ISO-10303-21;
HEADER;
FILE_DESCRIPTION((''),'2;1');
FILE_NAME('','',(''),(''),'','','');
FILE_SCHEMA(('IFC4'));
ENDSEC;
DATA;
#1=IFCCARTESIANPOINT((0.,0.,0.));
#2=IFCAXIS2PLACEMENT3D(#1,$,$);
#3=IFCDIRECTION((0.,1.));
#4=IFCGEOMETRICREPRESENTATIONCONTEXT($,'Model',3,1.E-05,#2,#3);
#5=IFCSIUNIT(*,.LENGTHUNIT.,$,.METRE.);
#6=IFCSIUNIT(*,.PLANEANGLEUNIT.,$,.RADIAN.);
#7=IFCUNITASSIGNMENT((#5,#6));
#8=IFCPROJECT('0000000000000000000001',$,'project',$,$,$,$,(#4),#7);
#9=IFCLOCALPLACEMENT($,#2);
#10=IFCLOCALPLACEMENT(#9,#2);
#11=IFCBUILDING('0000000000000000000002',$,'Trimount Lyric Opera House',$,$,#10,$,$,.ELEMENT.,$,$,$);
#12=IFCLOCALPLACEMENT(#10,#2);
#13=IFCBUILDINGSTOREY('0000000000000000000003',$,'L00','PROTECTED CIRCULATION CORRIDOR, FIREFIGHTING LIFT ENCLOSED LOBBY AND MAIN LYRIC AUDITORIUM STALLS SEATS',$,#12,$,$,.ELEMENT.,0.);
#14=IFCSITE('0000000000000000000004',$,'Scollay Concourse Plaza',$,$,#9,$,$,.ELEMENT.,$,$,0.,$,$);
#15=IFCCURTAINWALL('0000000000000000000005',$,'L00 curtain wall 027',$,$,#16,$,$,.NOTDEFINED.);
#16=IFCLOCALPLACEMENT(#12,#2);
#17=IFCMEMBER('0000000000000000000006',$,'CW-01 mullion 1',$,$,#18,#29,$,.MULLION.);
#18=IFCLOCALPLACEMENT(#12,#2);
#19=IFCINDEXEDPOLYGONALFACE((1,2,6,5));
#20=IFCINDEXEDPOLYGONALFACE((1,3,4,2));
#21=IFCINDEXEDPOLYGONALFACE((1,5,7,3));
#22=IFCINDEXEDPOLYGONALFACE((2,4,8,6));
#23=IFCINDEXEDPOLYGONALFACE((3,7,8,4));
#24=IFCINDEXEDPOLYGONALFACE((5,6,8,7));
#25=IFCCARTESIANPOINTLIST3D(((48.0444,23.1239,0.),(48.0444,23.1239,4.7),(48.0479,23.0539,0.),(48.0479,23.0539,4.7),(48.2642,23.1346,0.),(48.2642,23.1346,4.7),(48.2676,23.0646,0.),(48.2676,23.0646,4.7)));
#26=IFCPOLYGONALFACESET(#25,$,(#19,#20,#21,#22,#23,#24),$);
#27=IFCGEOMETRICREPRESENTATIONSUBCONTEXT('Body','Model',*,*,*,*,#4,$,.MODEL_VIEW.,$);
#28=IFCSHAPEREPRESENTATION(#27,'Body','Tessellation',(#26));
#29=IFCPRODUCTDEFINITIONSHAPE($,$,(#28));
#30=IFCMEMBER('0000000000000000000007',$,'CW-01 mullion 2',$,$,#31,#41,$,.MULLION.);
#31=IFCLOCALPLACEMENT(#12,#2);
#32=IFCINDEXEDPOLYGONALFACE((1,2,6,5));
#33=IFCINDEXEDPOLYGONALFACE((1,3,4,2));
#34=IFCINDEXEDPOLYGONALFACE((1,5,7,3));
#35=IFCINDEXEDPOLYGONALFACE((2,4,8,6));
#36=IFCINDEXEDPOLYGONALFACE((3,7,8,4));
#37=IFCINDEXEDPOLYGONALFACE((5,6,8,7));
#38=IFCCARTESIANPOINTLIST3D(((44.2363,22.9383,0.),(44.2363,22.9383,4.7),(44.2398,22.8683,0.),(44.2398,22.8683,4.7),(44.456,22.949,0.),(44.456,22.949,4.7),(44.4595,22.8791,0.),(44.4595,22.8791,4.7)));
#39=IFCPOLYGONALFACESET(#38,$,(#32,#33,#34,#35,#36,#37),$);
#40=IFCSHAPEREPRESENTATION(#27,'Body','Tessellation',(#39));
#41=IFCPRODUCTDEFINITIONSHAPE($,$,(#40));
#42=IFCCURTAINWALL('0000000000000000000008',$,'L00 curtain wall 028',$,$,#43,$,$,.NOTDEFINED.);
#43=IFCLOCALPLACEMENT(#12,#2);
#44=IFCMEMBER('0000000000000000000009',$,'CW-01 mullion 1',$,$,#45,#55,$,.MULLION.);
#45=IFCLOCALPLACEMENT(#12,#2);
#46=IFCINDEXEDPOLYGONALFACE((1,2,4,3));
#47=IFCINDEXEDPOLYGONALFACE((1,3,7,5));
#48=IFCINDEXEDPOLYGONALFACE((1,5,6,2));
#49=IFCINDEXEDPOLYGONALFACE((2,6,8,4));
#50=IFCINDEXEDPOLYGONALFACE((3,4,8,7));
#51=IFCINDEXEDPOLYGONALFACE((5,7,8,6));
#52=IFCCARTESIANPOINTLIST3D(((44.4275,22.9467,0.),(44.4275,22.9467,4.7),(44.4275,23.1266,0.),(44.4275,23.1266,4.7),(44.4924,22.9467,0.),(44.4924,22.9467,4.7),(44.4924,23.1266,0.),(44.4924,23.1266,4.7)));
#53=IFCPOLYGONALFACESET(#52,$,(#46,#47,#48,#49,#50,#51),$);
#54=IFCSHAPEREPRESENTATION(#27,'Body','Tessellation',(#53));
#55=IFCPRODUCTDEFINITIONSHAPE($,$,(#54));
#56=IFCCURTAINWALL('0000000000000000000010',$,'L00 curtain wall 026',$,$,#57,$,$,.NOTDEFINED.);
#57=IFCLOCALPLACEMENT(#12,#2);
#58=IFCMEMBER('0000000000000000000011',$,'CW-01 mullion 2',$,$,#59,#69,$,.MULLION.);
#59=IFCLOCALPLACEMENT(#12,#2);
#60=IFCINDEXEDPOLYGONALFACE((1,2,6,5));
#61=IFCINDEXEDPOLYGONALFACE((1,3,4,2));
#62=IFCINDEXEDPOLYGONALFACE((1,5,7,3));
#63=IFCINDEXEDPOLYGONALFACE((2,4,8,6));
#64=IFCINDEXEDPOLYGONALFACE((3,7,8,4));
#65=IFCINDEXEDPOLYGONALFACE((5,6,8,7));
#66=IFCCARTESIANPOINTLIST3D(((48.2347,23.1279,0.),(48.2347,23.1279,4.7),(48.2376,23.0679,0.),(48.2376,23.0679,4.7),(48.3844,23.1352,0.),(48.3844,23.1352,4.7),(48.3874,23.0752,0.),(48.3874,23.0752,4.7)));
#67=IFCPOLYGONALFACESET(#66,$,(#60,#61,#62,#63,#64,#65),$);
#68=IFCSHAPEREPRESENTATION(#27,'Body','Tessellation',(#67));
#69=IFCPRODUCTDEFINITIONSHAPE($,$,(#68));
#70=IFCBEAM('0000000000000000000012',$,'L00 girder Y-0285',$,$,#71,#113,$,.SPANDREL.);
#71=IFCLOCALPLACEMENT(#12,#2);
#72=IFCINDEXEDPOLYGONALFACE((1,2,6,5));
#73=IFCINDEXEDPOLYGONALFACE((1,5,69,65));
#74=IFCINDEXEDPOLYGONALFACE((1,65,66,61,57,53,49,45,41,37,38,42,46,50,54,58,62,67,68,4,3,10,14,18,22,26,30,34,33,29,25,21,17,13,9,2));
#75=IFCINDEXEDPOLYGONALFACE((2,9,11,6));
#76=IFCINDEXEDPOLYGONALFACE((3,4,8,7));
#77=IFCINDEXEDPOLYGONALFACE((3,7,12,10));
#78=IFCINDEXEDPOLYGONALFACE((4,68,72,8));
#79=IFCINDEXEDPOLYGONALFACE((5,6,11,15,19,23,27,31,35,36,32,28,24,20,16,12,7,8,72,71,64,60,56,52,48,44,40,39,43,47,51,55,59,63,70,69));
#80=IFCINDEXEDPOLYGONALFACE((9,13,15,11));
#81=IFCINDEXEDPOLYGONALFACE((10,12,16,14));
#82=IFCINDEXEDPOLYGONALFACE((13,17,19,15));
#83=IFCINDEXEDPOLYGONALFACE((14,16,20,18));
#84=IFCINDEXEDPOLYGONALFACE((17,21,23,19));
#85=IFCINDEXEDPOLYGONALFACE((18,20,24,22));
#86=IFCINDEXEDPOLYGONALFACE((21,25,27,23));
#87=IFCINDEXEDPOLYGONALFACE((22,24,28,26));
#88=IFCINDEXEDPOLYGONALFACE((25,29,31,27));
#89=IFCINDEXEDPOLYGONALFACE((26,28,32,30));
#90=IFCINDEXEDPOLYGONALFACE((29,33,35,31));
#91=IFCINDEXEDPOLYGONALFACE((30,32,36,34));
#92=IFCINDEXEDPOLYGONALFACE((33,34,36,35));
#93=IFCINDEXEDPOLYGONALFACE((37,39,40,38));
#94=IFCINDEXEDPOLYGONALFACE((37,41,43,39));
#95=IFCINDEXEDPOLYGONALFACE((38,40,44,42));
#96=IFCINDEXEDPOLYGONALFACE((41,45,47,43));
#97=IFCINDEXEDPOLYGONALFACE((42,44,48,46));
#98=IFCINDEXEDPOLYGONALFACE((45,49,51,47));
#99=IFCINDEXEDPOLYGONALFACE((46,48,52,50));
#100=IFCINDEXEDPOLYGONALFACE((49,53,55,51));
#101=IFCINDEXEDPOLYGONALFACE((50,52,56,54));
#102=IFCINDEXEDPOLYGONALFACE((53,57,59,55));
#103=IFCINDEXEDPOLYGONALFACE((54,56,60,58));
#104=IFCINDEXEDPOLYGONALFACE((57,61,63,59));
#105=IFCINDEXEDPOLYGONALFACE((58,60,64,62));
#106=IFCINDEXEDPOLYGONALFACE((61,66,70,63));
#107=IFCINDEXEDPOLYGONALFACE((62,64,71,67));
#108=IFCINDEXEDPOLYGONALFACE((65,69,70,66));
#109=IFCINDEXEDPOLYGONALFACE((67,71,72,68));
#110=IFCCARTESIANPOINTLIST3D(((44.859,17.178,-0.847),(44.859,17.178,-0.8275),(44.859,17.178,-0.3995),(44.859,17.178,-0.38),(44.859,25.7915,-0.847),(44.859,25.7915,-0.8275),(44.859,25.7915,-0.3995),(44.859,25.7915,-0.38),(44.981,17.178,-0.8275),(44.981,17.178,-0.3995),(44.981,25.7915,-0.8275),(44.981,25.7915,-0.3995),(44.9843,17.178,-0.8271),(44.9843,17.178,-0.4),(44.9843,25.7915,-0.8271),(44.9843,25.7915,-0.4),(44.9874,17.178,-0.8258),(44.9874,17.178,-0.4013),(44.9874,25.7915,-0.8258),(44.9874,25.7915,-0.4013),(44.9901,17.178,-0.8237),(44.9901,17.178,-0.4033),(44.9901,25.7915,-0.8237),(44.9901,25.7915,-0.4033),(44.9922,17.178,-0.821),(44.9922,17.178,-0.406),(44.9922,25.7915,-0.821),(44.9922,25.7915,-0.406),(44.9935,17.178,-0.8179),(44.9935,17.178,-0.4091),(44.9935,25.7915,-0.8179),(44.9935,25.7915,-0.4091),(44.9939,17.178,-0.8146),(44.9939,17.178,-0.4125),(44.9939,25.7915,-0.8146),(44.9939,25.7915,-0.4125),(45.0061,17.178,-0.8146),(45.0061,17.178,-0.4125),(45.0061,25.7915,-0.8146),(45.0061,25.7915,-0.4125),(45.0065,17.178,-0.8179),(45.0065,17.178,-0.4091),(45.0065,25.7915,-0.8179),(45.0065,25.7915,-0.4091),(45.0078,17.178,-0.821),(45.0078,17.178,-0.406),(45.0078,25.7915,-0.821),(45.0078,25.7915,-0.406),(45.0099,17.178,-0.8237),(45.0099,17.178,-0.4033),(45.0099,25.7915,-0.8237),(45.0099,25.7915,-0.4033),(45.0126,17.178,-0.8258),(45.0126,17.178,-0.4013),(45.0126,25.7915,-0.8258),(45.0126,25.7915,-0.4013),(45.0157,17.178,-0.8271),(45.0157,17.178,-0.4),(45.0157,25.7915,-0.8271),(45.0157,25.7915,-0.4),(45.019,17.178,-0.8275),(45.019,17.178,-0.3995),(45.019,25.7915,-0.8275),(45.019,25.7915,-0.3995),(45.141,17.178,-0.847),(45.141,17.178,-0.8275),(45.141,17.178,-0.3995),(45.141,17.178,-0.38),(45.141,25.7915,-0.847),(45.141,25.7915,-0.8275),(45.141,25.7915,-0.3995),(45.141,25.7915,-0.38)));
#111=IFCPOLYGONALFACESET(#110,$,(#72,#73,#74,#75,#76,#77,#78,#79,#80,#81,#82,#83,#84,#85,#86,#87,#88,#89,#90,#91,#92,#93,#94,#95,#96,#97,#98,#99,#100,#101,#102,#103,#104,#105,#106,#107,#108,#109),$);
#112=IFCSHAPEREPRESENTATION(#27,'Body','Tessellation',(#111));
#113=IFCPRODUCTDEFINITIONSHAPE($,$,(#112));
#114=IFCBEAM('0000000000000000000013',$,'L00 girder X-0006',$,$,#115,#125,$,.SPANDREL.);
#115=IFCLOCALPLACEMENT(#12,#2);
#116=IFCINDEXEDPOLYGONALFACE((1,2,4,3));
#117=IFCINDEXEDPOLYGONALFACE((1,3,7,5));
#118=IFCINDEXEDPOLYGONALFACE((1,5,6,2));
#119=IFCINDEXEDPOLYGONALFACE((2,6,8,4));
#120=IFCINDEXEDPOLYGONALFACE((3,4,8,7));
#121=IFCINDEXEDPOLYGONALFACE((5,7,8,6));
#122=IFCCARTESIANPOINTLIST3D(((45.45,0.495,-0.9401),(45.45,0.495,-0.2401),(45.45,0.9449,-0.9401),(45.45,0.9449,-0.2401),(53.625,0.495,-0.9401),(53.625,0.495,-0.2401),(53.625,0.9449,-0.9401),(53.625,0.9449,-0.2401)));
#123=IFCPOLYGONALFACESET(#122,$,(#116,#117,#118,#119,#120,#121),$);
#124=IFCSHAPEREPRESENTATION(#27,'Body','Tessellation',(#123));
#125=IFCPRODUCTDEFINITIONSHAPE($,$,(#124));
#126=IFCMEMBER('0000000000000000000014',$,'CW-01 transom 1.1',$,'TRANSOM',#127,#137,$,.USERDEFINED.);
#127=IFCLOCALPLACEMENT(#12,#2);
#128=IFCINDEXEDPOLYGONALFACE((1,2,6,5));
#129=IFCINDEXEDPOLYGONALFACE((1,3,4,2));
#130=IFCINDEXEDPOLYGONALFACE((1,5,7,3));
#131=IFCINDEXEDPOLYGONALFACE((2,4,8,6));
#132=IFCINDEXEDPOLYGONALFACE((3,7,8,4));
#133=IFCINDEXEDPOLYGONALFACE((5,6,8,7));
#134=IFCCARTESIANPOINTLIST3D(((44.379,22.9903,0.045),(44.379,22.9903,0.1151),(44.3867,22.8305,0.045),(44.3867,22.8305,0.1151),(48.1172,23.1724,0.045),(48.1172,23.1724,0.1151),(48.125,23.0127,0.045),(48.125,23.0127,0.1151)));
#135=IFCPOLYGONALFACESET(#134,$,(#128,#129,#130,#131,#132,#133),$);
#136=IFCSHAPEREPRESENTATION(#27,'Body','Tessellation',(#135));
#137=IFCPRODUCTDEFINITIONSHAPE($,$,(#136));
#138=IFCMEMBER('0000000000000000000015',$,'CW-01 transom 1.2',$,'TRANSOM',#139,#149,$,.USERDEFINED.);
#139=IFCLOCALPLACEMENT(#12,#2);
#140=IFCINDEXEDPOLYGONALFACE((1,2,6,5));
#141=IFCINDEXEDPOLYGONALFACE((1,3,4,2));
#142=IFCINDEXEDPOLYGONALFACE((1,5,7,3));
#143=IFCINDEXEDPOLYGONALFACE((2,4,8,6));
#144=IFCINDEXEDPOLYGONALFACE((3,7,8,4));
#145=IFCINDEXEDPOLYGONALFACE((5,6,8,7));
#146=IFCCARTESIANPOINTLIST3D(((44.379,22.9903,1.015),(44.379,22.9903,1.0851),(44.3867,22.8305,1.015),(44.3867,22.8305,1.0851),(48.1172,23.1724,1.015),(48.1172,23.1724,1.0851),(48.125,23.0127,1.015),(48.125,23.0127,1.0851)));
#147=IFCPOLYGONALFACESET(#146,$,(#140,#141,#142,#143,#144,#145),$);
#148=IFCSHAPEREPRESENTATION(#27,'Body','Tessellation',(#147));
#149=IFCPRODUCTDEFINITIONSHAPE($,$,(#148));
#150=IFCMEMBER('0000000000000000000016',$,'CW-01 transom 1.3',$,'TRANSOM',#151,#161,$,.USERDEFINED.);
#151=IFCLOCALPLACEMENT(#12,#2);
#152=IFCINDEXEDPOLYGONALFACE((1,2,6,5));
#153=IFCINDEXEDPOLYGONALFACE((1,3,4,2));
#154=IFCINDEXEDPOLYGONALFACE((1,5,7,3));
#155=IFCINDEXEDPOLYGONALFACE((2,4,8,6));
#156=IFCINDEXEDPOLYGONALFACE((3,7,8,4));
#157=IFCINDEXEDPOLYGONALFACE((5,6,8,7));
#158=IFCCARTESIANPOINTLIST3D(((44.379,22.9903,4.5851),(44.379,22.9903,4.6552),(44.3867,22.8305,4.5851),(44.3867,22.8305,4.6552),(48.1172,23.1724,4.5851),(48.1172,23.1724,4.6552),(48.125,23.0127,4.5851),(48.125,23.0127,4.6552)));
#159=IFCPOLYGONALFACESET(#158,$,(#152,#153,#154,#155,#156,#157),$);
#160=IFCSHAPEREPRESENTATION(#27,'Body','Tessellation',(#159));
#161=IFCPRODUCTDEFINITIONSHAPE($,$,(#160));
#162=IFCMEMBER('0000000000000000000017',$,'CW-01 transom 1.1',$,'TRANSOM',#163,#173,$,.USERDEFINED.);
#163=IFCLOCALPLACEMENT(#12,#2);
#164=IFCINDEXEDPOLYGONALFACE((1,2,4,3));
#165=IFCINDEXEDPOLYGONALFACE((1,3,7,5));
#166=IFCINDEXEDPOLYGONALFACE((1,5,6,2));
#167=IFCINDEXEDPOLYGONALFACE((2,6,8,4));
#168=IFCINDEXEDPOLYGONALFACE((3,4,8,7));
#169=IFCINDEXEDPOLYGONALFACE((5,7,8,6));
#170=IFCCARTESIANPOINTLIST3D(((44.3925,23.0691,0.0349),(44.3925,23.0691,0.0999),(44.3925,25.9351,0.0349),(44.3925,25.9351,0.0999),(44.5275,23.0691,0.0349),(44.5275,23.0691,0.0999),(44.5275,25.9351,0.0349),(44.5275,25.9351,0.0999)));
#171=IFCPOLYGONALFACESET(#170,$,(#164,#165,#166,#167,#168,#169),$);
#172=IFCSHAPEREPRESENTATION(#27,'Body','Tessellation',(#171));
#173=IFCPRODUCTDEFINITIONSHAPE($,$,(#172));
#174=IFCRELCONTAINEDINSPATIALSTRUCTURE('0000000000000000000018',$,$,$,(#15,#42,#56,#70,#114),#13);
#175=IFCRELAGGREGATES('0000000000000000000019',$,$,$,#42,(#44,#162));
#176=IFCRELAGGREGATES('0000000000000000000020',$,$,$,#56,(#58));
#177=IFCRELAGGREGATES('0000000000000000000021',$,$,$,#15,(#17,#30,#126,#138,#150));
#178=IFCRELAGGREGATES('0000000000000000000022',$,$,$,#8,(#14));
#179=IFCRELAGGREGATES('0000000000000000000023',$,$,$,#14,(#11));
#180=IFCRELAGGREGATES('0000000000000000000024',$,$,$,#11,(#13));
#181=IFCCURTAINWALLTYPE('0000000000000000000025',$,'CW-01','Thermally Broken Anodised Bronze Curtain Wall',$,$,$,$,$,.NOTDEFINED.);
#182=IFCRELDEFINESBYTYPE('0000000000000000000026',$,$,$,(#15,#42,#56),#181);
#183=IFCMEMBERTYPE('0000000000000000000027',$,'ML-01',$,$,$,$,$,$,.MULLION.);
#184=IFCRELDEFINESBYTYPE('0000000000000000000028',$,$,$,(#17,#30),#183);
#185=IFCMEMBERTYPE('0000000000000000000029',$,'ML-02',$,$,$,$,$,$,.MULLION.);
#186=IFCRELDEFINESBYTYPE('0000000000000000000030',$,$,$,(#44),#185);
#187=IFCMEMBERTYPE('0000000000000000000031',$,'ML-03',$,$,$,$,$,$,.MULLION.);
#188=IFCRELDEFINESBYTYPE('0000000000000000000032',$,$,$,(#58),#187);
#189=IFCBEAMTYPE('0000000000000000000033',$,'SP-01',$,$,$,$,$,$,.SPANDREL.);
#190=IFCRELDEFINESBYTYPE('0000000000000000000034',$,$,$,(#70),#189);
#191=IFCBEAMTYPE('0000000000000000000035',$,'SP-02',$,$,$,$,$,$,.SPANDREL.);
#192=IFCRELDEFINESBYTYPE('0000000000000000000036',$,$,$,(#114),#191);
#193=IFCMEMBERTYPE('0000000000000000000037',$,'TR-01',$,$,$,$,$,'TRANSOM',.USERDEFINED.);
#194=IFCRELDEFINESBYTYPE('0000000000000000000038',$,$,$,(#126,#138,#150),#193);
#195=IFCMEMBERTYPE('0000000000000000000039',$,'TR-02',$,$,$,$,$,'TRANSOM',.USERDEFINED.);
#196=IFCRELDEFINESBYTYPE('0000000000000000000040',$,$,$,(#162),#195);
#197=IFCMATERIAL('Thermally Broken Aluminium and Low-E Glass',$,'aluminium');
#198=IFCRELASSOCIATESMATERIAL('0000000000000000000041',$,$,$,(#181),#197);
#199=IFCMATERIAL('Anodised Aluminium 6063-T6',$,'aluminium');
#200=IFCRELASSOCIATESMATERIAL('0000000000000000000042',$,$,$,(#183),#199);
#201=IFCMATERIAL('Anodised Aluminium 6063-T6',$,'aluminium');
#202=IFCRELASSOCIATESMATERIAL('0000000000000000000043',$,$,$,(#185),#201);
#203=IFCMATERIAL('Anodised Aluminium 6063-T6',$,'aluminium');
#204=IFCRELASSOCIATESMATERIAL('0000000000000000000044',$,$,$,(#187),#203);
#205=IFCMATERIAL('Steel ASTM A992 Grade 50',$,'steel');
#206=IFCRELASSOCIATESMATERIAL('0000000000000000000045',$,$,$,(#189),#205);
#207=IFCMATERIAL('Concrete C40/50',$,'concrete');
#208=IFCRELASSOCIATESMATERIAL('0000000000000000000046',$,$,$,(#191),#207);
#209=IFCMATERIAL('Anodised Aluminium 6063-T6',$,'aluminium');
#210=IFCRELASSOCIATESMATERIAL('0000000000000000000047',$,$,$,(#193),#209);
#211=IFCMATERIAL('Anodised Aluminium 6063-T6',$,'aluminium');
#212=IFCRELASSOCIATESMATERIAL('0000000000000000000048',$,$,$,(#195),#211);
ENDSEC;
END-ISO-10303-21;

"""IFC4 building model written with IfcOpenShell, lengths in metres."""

from ifc_helpers import new_model, si_unit, direction, frame, origin, origin_2d, place, context, subcontext, project, spatial, rectangle, i_section, extrude, material, material_profile, profile_set, type_object, element, aggregate, save


model = new_model("IFC4")

# Units and contexts
model_context = context("Model", 3, precision=1e-05, world=origin(), true_north=direction((0.0, 1.0)))
body_context = subcontext(model_context, "Body", "Model", "MODEL_VIEW")
ifc_project = project(units=[si_unit("LENGTHUNIT", "METRE"), si_unit("PLANEANGLEUNIT", "RADIAN")], contexts=[model_context])

# Site, building, storey
site_placement = place(None, origin())
site = spatial("IfcSite", under=ifc_project, at=site_placement, Name="Scollay Concourse Plaza", CompositionType="ELEMENT", RefElevation=0.0)
building_placement = place(site_placement, origin())
building = spatial("IfcBuilding", under=site, at=building_placement, Name="Trimount Lyric Opera House", CompositionType="ELEMENT")
storey_placement = place(building_placement, origin())
storey = spatial("IfcBuildingStorey", under=building, at=storey_placement, Name="L00", Description="PROTECTED CIRCULATION CORRIDOR, FIREFIGHTING LIFT ENCLOSED LOBBY AND MAIN LYRIC AUDITORIUM STALLS SEATS", CompositionType="ELEMENT", Elevation=0.0)

# Curtain wall, members
ifc_material_1 = material(Name="Thermally Broken Aluminium and Low-E Glass", Category="aluminium")
curtain_wall_type = type_object("IfcCurtainWallType", Name="CW-01", Description="Thermally Broken Anodised Bronze Curtain Wall", PredefinedType="NOTDEFINED", material=ifc_material_1)
curtain_wall_1_placement = place(storey_placement, origin())
curtain_wall_1 = element("IfcCurtainWall", 1, at=curtain_wall_1_placement, inside=storey, type_object=curtain_wall_type, Name="L00 curtain wall 027", PredefinedType="NOTDEFINED")
ifc_material_2 = material(Name="Anodised Aluminium 6063-T6", Category="aluminium")
ifc_material_profile_1 = material_profile(ifc_material_2, rectangle(XDim=0.0701, YDim=0.22, at=origin_2d()), Name="ALU-MULL-70X220")
ifc_profile_set_1 = profile_set([ifc_material_profile_1], Name="Anodised Aluminium 6063-T6")
member_type_1 = type_object("IfcMemberType", Name="ML-01", PredefinedType="MULLION", material=ifc_profile_set_1)
member_1_placement = place(storey_placement, frame((48.156, 23.0942, 0.0), z_axis=(0.0, 0.0, 1.0), x_axis=(0.048679, -0.998814, 0.0)))
member_1 = element("IfcMember", 2, at=member_1_placement, type_object=member_type_1, Name="CW-01 mullion 1", PredefinedType="MULLION", context=body_context, shape_type="SweptSolid", body=[
    extrude(rectangle(XDim=0.0701, YDim=0.22, at=origin_2d()), origin(), (0.0, 0.0, 1.0), 4.7),
])
member_2_placement = place(storey_placement, frame((44.3479, 22.9087, 0.0), z_axis=(0.0, 0.0, 1.0), x_axis=(0.048679, -0.998814, 0.0)))
member_2 = element("IfcMember", 3, at=member_2_placement, type_object=member_type_1, Name="CW-01 mullion 2", PredefinedType="MULLION", context=body_context, shape_type="SweptSolid", body=[
    extrude(rectangle(XDim=0.0701, YDim=0.22, at=origin_2d()), origin(), (0.0, 0.0, 1.0), 4.7),
])

# Curtain walls, members
curtain_wall_2_placement = place(storey_placement, origin())
curtain_wall_2 = element("IfcCurtainWall", 4, at=curtain_wall_2_placement, inside=storey, type_object=curtain_wall_type, Name="L00 curtain wall 028", PredefinedType="NOTDEFINED")
ifc_material_3 = material(Name="Anodised Aluminium 6063-T6", Category="aluminium")
ifc_material_profile_2 = material_profile(ifc_material_3, rectangle(XDim=0.0649, YDim=0.1799, at=origin_2d()), Name="ALU-MULL-65X180")
ifc_profile_set_2 = profile_set([ifc_material_profile_2], Name="Anodised Aluminium 6063-T6")
member_type_2 = type_object("IfcMemberType", Name="ML-02", PredefinedType="MULLION", material=ifc_profile_set_2)
member_3_placement = place(storey_placement, frame((44.46, 23.0366, 0.0), z_axis=(0.0, 0.0, 1.0), x_axis=(-1.0, 0.0, 0.0)))
member_3 = element("IfcMember", 5, at=member_3_placement, type_object=member_type_2, Name="CW-01 mullion 1", PredefinedType="MULLION", context=body_context, shape_type="SweptSolid", body=[
    extrude(rectangle(XDim=0.0649, YDim=0.1799, at=origin_2d()), origin(), (0.0, 0.0, 1.0), 4.7),
])
curtain_wall_3_placement = place(storey_placement, origin())
curtain_wall_3 = element("IfcCurtainWall", 6, at=curtain_wall_3_placement, inside=storey, type_object=curtain_wall_type, Name="L00 curtain wall 026", PredefinedType="NOTDEFINED")
ifc_material_4 = material(Name="Anodised Aluminium 6063-T6", Category="aluminium")
ifc_material_profile_3 = material_profile(ifc_material_4, rectangle(XDim=0.0601, YDim=0.1499, at=origin_2d()), Name="ALU-MULL-60X150")
ifc_profile_set_3 = profile_set([ifc_material_profile_3], Name="Anodised Aluminium 6063-T6")
member_type_3 = type_object("IfcMemberType", Name="ML-03", PredefinedType="MULLION", material=ifc_profile_set_3)
member_4_placement = place(storey_placement, frame((48.311, 23.1016, 0.0), z_axis=(0.0, 0.0, 1.0), x_axis=(0.048679, -0.998814, 0.0)))
member_4 = element("IfcMember", 7, at=member_4_placement, type_object=member_type_3, Name="CW-01 mullion 2", PredefinedType="MULLION", context=body_context, shape_type="SweptSolid", body=[
    extrude(rectangle(XDim=0.0601, YDim=0.1499, at=origin_2d()), origin(), (0.0, 0.0, 1.0), 4.7),
])

# Beams
ifc_material_5 = material(Name="Steel ASTM A992 Grade 50", Category="steel")
ifc_material_profile_4 = material_profile(ifc_material_5, i_section(OverallWidth=0.282, OverallDepth=0.467, WebThickness=0.0122, FlangeThickness=0.0195, FilletRadius=0.0129, at=origin_2d()), Name="W18X86")
ifc_profile_set_4 = profile_set([ifc_material_profile_4], Name="Steel ASTM A992 Grade 50")
beam_type_1 = type_object("IfcBeamType", Name="SP-01", PredefinedType="SPANDREL", material=ifc_profile_set_4)
beam_1_placement = place(storey_placement, frame((45.0, 17.178, -0.6135), z_axis=(0.0, 1.0, 0.0), x_axis=(-1.0, 0.0, 0.0)))
element("IfcBeam", 8, at=beam_1_placement, inside=storey, type_object=beam_type_1, Name="L00 girder Y-0285", PredefinedType="SPANDREL", context=body_context, shape_type="SweptSolid", body=[
    extrude(i_section(OverallWidth=0.282, OverallDepth=0.467, WebThickness=0.0122, FlangeThickness=0.0195, FilletRadius=0.0129, at=origin_2d()), origin(), (0.0, 0.0, 1.0), 8.6135),
])
ifc_material_6 = material(Name="Concrete C40/50", Category="concrete")
ifc_material_profile_5 = material_profile(ifc_material_6, rectangle(XDim=0.45, YDim=0.7, at=origin_2d()), Name="RC450X700")
ifc_profile_set_5 = profile_set([ifc_material_profile_5], Name="Concrete C40/50")
beam_type_2 = type_object("IfcBeamType", Name="SP-02", PredefinedType="SPANDREL", material=ifc_profile_set_5)
beam_2_placement = place(storey_placement, frame((45.45, 0.72, -0.5901), z_axis=(1.0, 0.0, 0.0), x_axis=(0.0, 1.0, 0.0)))
element("IfcBeam", 9, at=beam_2_placement, inside=storey, type_object=beam_type_2, Name="L00 girder X-0006", PredefinedType="SPANDREL", context=body_context, shape_type="SweptSolid", body=[
    extrude(rectangle(XDim=0.45, YDim=0.7, at=origin_2d()), origin(), (0.0, 0.0, 1.0), 8.175),
])

# Members
ifc_material_7 = material(Name="Anodised Aluminium 6063-T6", Category="aluminium")
ifc_material_profile_6 = material_profile(ifc_material_7, rectangle(XDim=0.1599, YDim=0.0701, at=origin_2d()), Name="ALU-TRAN-70X160")
ifc_profile_set_6 = profile_set([ifc_material_profile_6], Name="Anodised Aluminium 6063-T6")
member_type_4 = type_object("IfcMemberType", Name="TR-01", ElementType="TRANSOM", PredefinedType="USERDEFINED", material=ifc_profile_set_6)
member_5_placement = place(storey_placement, frame((48.1211, 23.0925, 0.0801), z_axis=(-0.998815, -0.048662, 0.0), x_axis=(0.048662, -0.998815, 0.0)))
member_5 = element("IfcMember", 10, at=member_5_placement, type_object=member_type_4, Name="CW-01 transom 1.1", ObjectType="TRANSOM", PredefinedType="USERDEFINED", context=body_context, shape_type="SweptSolid", body=[
    extrude(rectangle(XDim=0.1599, YDim=0.0701, at=origin_2d()), origin(), (0.0, 0.0, 1.0), 3.7427),
])
member_6_placement = place(storey_placement, frame((48.1211, 23.0925, 1.05), z_axis=(-0.998815, -0.048662, 0.0), x_axis=(0.048662, -0.998815, 0.0)))
member_6 = element("IfcMember", 11, at=member_6_placement, type_object=member_type_4, Name="CW-01 transom 1.2", ObjectType="TRANSOM", PredefinedType="USERDEFINED", context=body_context, shape_type="SweptSolid", body=[
    extrude(rectangle(XDim=0.1599, YDim=0.0701, at=origin_2d()), origin(), (0.0, 0.0, 1.0), 3.7427),
])
member_7_placement = place(storey_placement, frame((48.1211, 23.0925, 4.6201), z_axis=(-0.998815, -0.048662, 0.0), x_axis=(0.048662, -0.998815, 0.0)))
member_7 = element("IfcMember", 12, at=member_7_placement, type_object=member_type_4, Name="CW-01 transom 1.3", ObjectType="TRANSOM", PredefinedType="USERDEFINED", context=body_context, shape_type="SweptSolid", body=[
    extrude(rectangle(XDim=0.1599, YDim=0.0701, at=origin_2d()), origin(), (0.0, 0.0, 1.0), 3.7427),
])
ifc_material_8 = material(Name="Anodised Aluminium 6063-T6", Category="aluminium")
ifc_material_profile_7 = material_profile(ifc_material_8, rectangle(XDim=0.135, YDim=0.0649, at=origin_2d()), Name="ALU-TRAN-65X135")
ifc_profile_set_7 = profile_set([ifc_material_profile_7], Name="Anodised Aluminium 6063-T6")
member_type_5 = type_object("IfcMemberType", Name="TR-02", ElementType="TRANSOM", PredefinedType="USERDEFINED", material=ifc_profile_set_7)
member_8_placement = place(storey_placement, frame((44.46, 23.0691, 0.0674), z_axis=(0.0, 1.0, 0.0), x_axis=(-1.0, 0.0, 0.0)))
member_8 = element("IfcMember", 13, at=member_8_placement, type_object=member_type_5, Name="CW-01 transom 1.1", ObjectType="TRANSOM", PredefinedType="USERDEFINED", context=body_context, shape_type="SweptSolid", body=[
    extrude(rectangle(XDim=0.135, YDim=0.0649, at=origin_2d()), origin(), (0.0, 0.0, 1.0), 2.866),
])
aggregate(curtain_wall_2, [member_3, member_8])

aggregate(curtain_wall_3, [member_4])
aggregate(curtain_wall_1, [member_1, member_2, member_5, member_6, member_7])

save(model, "model.ifc")
